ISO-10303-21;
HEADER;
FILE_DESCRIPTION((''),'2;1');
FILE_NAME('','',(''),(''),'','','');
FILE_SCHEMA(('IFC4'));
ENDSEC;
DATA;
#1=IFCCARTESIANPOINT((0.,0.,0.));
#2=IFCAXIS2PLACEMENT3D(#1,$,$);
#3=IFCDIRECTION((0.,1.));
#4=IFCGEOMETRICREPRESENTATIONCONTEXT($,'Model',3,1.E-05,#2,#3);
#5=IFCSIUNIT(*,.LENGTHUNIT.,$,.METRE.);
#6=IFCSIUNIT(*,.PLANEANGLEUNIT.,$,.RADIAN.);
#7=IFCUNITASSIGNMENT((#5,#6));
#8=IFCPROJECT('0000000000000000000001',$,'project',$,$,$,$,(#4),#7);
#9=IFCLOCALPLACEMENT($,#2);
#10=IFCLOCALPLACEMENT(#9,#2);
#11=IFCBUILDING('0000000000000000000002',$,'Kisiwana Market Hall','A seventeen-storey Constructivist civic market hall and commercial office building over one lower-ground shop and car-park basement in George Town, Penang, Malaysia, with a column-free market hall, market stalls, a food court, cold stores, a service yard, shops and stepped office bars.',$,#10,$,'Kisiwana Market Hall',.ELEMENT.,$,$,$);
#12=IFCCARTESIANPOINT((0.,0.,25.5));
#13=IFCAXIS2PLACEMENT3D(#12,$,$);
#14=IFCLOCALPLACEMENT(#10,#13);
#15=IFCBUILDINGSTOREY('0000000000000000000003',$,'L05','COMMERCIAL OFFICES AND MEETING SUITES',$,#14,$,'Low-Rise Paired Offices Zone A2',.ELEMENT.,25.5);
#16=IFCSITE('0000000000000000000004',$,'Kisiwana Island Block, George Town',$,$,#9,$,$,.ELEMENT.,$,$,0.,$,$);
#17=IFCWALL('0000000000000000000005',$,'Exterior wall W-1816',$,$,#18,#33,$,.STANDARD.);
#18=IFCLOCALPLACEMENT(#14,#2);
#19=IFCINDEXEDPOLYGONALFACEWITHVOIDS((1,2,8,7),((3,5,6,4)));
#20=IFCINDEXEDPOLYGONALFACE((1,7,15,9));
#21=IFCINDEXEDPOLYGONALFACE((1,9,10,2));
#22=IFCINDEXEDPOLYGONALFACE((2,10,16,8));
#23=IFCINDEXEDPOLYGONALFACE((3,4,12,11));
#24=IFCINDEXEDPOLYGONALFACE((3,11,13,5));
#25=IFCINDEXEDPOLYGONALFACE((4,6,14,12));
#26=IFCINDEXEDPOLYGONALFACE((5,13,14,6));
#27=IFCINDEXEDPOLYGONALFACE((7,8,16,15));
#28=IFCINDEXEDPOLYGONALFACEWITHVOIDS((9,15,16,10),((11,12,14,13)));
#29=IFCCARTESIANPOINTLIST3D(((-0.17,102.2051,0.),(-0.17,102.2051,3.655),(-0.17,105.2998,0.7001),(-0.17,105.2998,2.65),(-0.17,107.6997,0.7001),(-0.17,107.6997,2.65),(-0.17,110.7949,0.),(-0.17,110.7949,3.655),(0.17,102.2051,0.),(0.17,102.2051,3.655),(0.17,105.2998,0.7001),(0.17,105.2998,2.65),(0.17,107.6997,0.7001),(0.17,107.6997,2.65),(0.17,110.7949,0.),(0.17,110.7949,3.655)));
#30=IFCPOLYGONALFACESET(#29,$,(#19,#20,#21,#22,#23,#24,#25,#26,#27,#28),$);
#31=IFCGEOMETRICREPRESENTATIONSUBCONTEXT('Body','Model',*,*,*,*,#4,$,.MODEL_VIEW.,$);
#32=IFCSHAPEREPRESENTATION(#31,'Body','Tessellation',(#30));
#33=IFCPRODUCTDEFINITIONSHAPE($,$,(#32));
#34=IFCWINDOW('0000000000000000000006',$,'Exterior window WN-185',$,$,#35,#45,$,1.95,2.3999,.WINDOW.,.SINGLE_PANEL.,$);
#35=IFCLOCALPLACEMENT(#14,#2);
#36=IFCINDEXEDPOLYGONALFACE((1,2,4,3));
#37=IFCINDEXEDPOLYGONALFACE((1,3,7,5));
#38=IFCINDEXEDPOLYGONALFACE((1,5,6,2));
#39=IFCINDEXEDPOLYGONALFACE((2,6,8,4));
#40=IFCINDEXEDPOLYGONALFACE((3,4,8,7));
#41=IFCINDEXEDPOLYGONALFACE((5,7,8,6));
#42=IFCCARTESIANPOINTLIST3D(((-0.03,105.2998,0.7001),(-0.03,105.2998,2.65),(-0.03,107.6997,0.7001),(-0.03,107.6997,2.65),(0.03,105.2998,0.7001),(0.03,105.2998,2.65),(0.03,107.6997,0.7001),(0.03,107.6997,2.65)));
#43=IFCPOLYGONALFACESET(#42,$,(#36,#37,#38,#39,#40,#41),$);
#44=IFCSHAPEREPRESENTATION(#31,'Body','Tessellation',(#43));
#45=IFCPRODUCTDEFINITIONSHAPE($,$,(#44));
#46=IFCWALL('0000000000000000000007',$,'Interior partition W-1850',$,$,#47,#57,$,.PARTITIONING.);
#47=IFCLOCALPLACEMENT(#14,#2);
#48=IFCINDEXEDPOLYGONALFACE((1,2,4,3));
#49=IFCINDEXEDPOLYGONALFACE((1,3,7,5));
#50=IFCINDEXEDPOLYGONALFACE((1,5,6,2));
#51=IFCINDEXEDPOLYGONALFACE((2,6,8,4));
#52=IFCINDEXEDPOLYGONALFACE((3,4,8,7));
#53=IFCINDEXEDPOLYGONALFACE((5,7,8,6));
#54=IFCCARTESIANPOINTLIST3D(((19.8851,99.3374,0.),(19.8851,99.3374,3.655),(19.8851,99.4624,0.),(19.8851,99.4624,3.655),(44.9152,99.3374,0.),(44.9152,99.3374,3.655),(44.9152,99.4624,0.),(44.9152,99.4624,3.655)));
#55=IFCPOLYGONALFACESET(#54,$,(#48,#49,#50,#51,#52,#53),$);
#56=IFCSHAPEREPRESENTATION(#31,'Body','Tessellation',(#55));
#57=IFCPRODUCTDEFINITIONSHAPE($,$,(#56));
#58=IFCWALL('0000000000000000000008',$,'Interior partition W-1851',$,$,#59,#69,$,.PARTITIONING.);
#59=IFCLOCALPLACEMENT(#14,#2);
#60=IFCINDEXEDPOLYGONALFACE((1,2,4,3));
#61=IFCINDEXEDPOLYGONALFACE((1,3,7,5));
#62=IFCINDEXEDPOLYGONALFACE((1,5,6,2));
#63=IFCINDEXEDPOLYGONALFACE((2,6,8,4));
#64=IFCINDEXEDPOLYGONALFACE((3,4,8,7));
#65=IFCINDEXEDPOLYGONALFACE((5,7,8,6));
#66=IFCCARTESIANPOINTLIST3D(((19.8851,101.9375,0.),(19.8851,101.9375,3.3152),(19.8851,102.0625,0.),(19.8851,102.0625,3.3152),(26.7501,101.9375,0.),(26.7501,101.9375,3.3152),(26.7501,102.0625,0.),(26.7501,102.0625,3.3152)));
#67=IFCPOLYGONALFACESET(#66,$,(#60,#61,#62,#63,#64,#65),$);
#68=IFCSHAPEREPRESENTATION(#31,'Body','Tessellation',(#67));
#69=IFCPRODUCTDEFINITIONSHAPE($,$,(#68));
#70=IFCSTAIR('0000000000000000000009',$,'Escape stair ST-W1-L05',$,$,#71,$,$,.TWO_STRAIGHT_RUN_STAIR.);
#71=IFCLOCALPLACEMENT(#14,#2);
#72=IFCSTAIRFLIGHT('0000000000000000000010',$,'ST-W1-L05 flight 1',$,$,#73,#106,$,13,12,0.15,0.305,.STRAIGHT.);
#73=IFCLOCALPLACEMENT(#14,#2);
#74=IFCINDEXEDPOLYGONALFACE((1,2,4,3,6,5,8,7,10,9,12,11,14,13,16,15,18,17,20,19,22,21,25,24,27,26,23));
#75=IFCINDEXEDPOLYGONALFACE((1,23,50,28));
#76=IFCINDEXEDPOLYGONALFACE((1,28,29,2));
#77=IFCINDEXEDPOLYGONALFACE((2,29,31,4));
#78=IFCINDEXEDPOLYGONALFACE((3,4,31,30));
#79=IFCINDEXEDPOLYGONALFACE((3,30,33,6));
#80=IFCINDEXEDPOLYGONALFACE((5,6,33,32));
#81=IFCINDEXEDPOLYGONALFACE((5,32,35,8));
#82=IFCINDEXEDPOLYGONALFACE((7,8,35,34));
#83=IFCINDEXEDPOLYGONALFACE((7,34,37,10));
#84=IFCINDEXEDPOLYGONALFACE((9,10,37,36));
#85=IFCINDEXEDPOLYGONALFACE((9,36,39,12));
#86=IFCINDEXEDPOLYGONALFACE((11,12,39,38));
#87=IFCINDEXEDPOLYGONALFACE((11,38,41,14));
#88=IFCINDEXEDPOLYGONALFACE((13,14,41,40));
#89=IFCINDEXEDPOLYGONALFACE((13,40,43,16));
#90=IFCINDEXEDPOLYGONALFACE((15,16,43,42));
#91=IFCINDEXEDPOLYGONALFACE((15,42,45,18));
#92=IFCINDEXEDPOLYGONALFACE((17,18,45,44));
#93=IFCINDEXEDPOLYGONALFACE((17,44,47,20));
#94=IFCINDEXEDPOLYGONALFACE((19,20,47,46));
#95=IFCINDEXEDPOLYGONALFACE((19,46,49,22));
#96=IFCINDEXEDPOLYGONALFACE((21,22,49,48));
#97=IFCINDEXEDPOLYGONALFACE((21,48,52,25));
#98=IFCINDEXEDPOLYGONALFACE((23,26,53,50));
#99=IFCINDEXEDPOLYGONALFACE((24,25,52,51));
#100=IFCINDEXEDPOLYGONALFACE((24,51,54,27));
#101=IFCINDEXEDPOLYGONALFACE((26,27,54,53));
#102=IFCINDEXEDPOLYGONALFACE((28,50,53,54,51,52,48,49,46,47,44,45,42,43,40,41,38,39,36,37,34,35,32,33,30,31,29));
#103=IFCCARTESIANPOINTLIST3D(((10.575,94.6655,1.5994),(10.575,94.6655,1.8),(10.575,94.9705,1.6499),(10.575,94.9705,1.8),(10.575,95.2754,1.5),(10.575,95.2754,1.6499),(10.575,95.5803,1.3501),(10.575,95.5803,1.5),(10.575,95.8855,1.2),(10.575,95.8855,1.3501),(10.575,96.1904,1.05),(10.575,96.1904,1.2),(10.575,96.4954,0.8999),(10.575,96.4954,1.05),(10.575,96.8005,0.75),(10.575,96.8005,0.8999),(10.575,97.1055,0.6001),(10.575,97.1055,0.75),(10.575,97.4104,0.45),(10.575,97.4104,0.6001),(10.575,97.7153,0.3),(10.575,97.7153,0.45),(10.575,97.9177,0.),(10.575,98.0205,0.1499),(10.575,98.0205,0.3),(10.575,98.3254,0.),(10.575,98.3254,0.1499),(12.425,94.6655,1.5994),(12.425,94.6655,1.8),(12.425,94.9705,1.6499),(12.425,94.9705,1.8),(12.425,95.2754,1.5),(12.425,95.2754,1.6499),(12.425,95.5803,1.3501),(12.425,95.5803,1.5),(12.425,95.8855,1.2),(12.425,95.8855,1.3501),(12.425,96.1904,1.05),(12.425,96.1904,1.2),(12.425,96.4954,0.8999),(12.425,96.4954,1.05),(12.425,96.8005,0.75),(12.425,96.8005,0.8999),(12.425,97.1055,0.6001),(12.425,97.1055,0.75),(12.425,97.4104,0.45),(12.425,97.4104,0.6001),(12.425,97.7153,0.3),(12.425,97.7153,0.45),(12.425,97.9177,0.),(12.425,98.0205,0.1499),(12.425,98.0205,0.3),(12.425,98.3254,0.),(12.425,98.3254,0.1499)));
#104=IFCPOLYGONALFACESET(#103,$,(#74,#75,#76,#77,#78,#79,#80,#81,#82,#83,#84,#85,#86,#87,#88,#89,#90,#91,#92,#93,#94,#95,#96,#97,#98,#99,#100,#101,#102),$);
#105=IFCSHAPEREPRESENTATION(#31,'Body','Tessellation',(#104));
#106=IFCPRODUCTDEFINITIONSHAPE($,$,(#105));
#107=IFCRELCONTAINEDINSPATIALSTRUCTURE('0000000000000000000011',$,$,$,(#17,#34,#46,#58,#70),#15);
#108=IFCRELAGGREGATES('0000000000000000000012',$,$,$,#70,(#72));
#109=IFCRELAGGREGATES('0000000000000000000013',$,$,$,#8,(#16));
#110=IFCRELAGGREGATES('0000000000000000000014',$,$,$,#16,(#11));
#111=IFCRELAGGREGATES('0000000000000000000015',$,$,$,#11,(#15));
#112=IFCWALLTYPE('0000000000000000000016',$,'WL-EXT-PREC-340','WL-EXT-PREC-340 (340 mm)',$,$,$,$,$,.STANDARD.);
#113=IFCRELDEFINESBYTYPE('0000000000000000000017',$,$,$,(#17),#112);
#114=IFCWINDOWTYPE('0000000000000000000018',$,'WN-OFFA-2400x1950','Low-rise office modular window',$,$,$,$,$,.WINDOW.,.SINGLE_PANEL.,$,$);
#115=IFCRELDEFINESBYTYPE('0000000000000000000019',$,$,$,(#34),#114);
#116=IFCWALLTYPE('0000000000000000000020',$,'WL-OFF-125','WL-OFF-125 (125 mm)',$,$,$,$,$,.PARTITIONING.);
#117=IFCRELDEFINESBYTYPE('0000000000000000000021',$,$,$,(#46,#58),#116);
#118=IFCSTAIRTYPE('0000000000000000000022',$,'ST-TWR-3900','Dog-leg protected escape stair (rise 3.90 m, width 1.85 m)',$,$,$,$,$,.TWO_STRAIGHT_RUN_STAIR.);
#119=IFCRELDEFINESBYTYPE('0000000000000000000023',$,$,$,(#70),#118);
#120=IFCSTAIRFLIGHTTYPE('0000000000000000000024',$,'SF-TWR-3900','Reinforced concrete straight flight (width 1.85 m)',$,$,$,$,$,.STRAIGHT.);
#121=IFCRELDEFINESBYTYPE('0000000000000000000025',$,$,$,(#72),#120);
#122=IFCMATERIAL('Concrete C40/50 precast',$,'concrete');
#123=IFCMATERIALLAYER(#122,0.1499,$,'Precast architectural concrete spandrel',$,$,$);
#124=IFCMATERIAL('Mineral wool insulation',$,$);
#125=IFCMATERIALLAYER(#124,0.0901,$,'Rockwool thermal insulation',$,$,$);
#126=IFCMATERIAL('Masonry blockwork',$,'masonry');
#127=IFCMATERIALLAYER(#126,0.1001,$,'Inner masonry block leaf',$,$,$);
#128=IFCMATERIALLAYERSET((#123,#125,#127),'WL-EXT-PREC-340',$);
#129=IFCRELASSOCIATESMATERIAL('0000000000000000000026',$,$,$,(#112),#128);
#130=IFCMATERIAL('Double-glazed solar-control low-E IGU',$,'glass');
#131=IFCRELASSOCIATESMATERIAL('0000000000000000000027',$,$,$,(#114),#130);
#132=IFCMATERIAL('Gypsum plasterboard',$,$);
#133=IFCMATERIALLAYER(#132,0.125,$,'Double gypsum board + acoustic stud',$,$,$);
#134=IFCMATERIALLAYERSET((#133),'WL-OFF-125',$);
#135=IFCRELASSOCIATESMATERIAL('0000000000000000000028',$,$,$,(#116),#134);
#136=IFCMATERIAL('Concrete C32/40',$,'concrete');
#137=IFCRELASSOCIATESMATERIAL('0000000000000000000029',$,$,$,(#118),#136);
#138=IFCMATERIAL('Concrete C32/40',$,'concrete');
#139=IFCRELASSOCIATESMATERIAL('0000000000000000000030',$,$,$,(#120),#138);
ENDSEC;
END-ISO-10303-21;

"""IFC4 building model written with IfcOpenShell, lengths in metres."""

from ifc_helpers import new_model, si_unit, direction, frame, frame_2d, origin, place, context, subcontext, project, spatial, polyline, rectangle, outline, extrude, material, layer, layer_set, type_object, element, fill, aggregate, save


model = new_model("IFC4")

# Units and contexts
model_context = context("Model", 3, precision=1e-05, world=origin(), true_north=direction((0.0, 1.0)))
body_context = subcontext(model_context, "Body", "Model", "MODEL_VIEW")
ifc_project = project(units=[si_unit("LENGTHUNIT", "METRE"), si_unit("PLANEANGLEUNIT", "RADIAN")], contexts=[model_context])

# Site, building, storey
site_placement = place(None, origin())
site = spatial("IfcSite", under=ifc_project, at=site_placement, Name="Kisiwana Island Block, George Town", CompositionType="ELEMENT", RefElevation=0.0)
building_placement = place(site_placement, origin())
building = spatial("IfcBuilding", under=site, at=building_placement, Name="Kisiwana Market Hall", Description="A seventeen-storey Constructivist civic market hall and commercial office building over one lower-ground shop and car-park basement in George Town, Penang, Malaysia, with a column-free market hall, market stalls, a food court, cold stores, a service yard, shops and stepped office bars.", LongName="Kisiwana Market Hall", CompositionType="ELEMENT")
storey_placement = place(building_placement, frame((0.0, 0.0, 25.5)))
storey = spatial("IfcBuildingStorey", under=building, at=storey_placement, Name="L05", Description="COMMERCIAL OFFICES AND MEETING SUITES", LongName="Low-Rise Paired Offices Zone A2", CompositionType="ELEMENT", Elevation=25.5)

# Wall, opening, window
ifc_material_1 = material(Name="Concrete C40/50 precast", Category="concrete")
ifc_layer_1 = layer(ifc_material_1, 0.1499, Name="Precast architectural concrete spandrel")
ifc_material_2 = material(Name="Mineral wool insulation")
ifc_layer_2 = layer(ifc_material_2, 0.0901, Name="Rockwool thermal insulation")
ifc_material_3 = material(Name="Masonry blockwork", Category="masonry")
ifc_layer_3 = layer(ifc_material_3, 0.1001, Name="Inner masonry block leaf")
ifc_layer_set_1 = layer_set([ifc_layer_1, ifc_layer_2, ifc_layer_3], Name="WL-EXT-PREC-340")
wall_type_1 = type_object("IfcWallType", Name="WL-EXT-PREC-340", Description="WL-EXT-PREC-340 (340 mm)", PredefinedType="STANDARD", material=ifc_layer_set_1)
wall_1_placement = place(storey_placement, frame((0.0, 102.2051, 0.0), z_axis=(0.0, 0.0, 1.0), x_axis=(0.0, 1.0, 0.0)))
wall_1 = element("IfcWall", 1, at=wall_1_placement, inside=storey, type_object=wall_type_1, Name="Exterior wall W-1816", PredefinedType="STANDARD", context=body_context, shape_type="SweptSolid", body=[
    extrude(rectangle(XDim=8.5898, YDim=0.3401, at=frame_2d((4.2949, 0.0))), origin(), (0.0, 0.0, 1.0), 3.655),
])
opening_1_placement = place(wall_1_placement, frame((3.0947, 0.0, 0.7)))
opening_1 = element("IfcOpeningElement", 2, at=opening_1_placement, cuts=wall_1, PredefinedType="OPENING", context=body_context, shape_type="SweptSolid", body=[
    extrude(rectangle(XDim=2.3999, YDim=1.95, at=frame_2d((1.2, 0.9751))), frame((0.0, 0.1821, 0.0), z_axis=(0.0, -1.0, 0.0), x_axis=(1.0, 0.0, 0.0)), (0.0, 0.0, 1.0), 0.364),
])
ifc_material_4 = material(Name="Double-glazed solar-control low-E IGU", Category="glass")
window_type_1 = type_object("IfcWindowType", Name="WN-OFFA-2400x1950", Description="Low-rise office modular window", PartitioningType="SINGLE_PANEL", PredefinedType="WINDOW", material=ifc_material_4)
window_1_placement = place(opening_1_placement, origin())
window_1 = element("IfcWindow", 3, at=window_1_placement, inside=storey, type_object=window_type_1, Name="Exterior window WN-185", OverallHeight=1.95, OverallWidth=2.3999, PartitioningType="SINGLE_PANEL", PredefinedType="WINDOW", context=body_context, shape_type="SweptSolid", body=[
    extrude(rectangle(XDim=2.3999, YDim=1.95, at=frame_2d((1.2, 0.9751))), frame((0.0, 0.03, 0.0), z_axis=(0.0, -1.0, 0.0), x_axis=(1.0, 0.0, 0.0)), (0.0, 0.0, 1.0), 0.0601),
])
fill(opening_1, window_1)

# Walls
ifc_material_5 = material(Name="Gypsum plasterboard")
ifc_layer_4 = layer(ifc_material_5, 0.125, Name="Double gypsum board + acoustic stud")
ifc_layer_set_2 = layer_set([ifc_layer_4], Name="WL-OFF-125")
wall_type_2 = type_object("IfcWallType", Name="WL-OFF-125", Description="WL-OFF-125 (125 mm)", PredefinedType="PARTITIONING", material=ifc_layer_set_2)
wall_2_placement = place(storey_placement, frame((19.885, 99.3999, 0.0), z_axis=(0.0, 0.0, 1.0), x_axis=(1.0, 0.0, 0.0)))
element("IfcWall", 4, at=wall_2_placement, inside=storey, type_object=wall_type_2, Name="Interior partition W-1850", PredefinedType="PARTITIONING", context=body_context, shape_type="SweptSolid", body=[
    extrude(rectangle(XDim=25.03, YDim=0.125, at=frame_2d((12.5151, 0.0))), origin(), (0.0, 0.0, 1.0), 3.655),
])
wall_3_placement = place(storey_placement, frame((19.885, 102.0, 0.0), z_axis=(0.0, 0.0, 1.0), x_axis=(1.0, 0.0, 0.0)))
element("IfcWall", 5, at=wall_3_placement, inside=storey, type_object=wall_type_2, Name="Interior partition W-1851", PredefinedType="PARTITIONING", context=body_context, shape_type="SweptSolid", body=[
    extrude(rectangle(XDim=6.865, YDim=0.125, at=frame_2d((3.4326, 0.0))), origin(), (0.0, 0.0, 1.0), 3.3152),
])

# Stair, stair flight
ifc_material_6 = material(Name="Concrete C32/40", Category="concrete")
stair_type = type_object("IfcStairType", Name="ST-TWR-3900", Description="Dog-leg protected escape stair (rise 3.90 m, width 1.85 m)", PredefinedType="TWO_STRAIGHT_RUN_STAIR", material=ifc_material_6)
stair_placement = place(storey_placement, origin())
stair = element("IfcStair", 6, at=stair_placement, inside=storey, type_object=stair_type, Name="Escape stair ST-W1-L05", PredefinedType="TWO_STRAIGHT_RUN_STAIR")
ifc_material_7 = material(Name="Concrete C32/40", Category="concrete")
stair_flight_type = type_object("IfcStairFlightType", Name="SF-TWR-3900", Description="Reinforced concrete straight flight (width 1.85 m)", PredefinedType="STRAIGHT", material=ifc_material_7)
stair_flight_placement = place(storey_placement, frame((11.5, 98.3254, 0.0), z_axis=(0.0, 0.0, 1.0), x_axis=(0.0, -1.0, 0.0)))
stair_flight = element("IfcStairFlight", 7, at=stair_flight_placement, type_object=stair_flight_type, Name="ST-W1-L05 flight 1", NumberOfRisers=13, NumberOfTreads=12, PredefinedType="STRAIGHT", RiserHeight=0.15, TreadLength=0.305, context=body_context, shape_type="SweptSolid", body=[
    extrude(outline(polyline([(0.0, 0.0), (0.0, 0.1499), (0.3049, 0.1499), (0.3049, 0.3), (0.6101, 0.3), (0.6101, 0.45), (0.915, 0.45), (0.915, 0.6001), (1.22, 0.6001), (1.22, 0.75), (1.5249, 0.75), (1.5249, 0.8999), (1.8301, 0.8999), (1.8301, 1.05), (2.135, 1.05), (2.135, 1.2), (2.4399, 1.2), (2.4399, 1.3501), (2.7451, 1.3501), (2.7451, 1.5), (3.05, 1.5), (3.05, 1.6499), (3.355, 1.6499), (3.355, 1.8), (3.6599, 1.8), (3.6599, 1.95), (3.6599, 1.5994), (0.4077, 0.0), (0.0, 0.0)])), frame((0.0, 0.925, 0.0), z_axis=(0.0, -1.0, 0.0), x_axis=(1.0, 0.0, 0.0)), (0.0, 0.0, 1.0), 1.8501),
])
aggregate(stair, [stair_flight])

save(model, "model.ifc")
